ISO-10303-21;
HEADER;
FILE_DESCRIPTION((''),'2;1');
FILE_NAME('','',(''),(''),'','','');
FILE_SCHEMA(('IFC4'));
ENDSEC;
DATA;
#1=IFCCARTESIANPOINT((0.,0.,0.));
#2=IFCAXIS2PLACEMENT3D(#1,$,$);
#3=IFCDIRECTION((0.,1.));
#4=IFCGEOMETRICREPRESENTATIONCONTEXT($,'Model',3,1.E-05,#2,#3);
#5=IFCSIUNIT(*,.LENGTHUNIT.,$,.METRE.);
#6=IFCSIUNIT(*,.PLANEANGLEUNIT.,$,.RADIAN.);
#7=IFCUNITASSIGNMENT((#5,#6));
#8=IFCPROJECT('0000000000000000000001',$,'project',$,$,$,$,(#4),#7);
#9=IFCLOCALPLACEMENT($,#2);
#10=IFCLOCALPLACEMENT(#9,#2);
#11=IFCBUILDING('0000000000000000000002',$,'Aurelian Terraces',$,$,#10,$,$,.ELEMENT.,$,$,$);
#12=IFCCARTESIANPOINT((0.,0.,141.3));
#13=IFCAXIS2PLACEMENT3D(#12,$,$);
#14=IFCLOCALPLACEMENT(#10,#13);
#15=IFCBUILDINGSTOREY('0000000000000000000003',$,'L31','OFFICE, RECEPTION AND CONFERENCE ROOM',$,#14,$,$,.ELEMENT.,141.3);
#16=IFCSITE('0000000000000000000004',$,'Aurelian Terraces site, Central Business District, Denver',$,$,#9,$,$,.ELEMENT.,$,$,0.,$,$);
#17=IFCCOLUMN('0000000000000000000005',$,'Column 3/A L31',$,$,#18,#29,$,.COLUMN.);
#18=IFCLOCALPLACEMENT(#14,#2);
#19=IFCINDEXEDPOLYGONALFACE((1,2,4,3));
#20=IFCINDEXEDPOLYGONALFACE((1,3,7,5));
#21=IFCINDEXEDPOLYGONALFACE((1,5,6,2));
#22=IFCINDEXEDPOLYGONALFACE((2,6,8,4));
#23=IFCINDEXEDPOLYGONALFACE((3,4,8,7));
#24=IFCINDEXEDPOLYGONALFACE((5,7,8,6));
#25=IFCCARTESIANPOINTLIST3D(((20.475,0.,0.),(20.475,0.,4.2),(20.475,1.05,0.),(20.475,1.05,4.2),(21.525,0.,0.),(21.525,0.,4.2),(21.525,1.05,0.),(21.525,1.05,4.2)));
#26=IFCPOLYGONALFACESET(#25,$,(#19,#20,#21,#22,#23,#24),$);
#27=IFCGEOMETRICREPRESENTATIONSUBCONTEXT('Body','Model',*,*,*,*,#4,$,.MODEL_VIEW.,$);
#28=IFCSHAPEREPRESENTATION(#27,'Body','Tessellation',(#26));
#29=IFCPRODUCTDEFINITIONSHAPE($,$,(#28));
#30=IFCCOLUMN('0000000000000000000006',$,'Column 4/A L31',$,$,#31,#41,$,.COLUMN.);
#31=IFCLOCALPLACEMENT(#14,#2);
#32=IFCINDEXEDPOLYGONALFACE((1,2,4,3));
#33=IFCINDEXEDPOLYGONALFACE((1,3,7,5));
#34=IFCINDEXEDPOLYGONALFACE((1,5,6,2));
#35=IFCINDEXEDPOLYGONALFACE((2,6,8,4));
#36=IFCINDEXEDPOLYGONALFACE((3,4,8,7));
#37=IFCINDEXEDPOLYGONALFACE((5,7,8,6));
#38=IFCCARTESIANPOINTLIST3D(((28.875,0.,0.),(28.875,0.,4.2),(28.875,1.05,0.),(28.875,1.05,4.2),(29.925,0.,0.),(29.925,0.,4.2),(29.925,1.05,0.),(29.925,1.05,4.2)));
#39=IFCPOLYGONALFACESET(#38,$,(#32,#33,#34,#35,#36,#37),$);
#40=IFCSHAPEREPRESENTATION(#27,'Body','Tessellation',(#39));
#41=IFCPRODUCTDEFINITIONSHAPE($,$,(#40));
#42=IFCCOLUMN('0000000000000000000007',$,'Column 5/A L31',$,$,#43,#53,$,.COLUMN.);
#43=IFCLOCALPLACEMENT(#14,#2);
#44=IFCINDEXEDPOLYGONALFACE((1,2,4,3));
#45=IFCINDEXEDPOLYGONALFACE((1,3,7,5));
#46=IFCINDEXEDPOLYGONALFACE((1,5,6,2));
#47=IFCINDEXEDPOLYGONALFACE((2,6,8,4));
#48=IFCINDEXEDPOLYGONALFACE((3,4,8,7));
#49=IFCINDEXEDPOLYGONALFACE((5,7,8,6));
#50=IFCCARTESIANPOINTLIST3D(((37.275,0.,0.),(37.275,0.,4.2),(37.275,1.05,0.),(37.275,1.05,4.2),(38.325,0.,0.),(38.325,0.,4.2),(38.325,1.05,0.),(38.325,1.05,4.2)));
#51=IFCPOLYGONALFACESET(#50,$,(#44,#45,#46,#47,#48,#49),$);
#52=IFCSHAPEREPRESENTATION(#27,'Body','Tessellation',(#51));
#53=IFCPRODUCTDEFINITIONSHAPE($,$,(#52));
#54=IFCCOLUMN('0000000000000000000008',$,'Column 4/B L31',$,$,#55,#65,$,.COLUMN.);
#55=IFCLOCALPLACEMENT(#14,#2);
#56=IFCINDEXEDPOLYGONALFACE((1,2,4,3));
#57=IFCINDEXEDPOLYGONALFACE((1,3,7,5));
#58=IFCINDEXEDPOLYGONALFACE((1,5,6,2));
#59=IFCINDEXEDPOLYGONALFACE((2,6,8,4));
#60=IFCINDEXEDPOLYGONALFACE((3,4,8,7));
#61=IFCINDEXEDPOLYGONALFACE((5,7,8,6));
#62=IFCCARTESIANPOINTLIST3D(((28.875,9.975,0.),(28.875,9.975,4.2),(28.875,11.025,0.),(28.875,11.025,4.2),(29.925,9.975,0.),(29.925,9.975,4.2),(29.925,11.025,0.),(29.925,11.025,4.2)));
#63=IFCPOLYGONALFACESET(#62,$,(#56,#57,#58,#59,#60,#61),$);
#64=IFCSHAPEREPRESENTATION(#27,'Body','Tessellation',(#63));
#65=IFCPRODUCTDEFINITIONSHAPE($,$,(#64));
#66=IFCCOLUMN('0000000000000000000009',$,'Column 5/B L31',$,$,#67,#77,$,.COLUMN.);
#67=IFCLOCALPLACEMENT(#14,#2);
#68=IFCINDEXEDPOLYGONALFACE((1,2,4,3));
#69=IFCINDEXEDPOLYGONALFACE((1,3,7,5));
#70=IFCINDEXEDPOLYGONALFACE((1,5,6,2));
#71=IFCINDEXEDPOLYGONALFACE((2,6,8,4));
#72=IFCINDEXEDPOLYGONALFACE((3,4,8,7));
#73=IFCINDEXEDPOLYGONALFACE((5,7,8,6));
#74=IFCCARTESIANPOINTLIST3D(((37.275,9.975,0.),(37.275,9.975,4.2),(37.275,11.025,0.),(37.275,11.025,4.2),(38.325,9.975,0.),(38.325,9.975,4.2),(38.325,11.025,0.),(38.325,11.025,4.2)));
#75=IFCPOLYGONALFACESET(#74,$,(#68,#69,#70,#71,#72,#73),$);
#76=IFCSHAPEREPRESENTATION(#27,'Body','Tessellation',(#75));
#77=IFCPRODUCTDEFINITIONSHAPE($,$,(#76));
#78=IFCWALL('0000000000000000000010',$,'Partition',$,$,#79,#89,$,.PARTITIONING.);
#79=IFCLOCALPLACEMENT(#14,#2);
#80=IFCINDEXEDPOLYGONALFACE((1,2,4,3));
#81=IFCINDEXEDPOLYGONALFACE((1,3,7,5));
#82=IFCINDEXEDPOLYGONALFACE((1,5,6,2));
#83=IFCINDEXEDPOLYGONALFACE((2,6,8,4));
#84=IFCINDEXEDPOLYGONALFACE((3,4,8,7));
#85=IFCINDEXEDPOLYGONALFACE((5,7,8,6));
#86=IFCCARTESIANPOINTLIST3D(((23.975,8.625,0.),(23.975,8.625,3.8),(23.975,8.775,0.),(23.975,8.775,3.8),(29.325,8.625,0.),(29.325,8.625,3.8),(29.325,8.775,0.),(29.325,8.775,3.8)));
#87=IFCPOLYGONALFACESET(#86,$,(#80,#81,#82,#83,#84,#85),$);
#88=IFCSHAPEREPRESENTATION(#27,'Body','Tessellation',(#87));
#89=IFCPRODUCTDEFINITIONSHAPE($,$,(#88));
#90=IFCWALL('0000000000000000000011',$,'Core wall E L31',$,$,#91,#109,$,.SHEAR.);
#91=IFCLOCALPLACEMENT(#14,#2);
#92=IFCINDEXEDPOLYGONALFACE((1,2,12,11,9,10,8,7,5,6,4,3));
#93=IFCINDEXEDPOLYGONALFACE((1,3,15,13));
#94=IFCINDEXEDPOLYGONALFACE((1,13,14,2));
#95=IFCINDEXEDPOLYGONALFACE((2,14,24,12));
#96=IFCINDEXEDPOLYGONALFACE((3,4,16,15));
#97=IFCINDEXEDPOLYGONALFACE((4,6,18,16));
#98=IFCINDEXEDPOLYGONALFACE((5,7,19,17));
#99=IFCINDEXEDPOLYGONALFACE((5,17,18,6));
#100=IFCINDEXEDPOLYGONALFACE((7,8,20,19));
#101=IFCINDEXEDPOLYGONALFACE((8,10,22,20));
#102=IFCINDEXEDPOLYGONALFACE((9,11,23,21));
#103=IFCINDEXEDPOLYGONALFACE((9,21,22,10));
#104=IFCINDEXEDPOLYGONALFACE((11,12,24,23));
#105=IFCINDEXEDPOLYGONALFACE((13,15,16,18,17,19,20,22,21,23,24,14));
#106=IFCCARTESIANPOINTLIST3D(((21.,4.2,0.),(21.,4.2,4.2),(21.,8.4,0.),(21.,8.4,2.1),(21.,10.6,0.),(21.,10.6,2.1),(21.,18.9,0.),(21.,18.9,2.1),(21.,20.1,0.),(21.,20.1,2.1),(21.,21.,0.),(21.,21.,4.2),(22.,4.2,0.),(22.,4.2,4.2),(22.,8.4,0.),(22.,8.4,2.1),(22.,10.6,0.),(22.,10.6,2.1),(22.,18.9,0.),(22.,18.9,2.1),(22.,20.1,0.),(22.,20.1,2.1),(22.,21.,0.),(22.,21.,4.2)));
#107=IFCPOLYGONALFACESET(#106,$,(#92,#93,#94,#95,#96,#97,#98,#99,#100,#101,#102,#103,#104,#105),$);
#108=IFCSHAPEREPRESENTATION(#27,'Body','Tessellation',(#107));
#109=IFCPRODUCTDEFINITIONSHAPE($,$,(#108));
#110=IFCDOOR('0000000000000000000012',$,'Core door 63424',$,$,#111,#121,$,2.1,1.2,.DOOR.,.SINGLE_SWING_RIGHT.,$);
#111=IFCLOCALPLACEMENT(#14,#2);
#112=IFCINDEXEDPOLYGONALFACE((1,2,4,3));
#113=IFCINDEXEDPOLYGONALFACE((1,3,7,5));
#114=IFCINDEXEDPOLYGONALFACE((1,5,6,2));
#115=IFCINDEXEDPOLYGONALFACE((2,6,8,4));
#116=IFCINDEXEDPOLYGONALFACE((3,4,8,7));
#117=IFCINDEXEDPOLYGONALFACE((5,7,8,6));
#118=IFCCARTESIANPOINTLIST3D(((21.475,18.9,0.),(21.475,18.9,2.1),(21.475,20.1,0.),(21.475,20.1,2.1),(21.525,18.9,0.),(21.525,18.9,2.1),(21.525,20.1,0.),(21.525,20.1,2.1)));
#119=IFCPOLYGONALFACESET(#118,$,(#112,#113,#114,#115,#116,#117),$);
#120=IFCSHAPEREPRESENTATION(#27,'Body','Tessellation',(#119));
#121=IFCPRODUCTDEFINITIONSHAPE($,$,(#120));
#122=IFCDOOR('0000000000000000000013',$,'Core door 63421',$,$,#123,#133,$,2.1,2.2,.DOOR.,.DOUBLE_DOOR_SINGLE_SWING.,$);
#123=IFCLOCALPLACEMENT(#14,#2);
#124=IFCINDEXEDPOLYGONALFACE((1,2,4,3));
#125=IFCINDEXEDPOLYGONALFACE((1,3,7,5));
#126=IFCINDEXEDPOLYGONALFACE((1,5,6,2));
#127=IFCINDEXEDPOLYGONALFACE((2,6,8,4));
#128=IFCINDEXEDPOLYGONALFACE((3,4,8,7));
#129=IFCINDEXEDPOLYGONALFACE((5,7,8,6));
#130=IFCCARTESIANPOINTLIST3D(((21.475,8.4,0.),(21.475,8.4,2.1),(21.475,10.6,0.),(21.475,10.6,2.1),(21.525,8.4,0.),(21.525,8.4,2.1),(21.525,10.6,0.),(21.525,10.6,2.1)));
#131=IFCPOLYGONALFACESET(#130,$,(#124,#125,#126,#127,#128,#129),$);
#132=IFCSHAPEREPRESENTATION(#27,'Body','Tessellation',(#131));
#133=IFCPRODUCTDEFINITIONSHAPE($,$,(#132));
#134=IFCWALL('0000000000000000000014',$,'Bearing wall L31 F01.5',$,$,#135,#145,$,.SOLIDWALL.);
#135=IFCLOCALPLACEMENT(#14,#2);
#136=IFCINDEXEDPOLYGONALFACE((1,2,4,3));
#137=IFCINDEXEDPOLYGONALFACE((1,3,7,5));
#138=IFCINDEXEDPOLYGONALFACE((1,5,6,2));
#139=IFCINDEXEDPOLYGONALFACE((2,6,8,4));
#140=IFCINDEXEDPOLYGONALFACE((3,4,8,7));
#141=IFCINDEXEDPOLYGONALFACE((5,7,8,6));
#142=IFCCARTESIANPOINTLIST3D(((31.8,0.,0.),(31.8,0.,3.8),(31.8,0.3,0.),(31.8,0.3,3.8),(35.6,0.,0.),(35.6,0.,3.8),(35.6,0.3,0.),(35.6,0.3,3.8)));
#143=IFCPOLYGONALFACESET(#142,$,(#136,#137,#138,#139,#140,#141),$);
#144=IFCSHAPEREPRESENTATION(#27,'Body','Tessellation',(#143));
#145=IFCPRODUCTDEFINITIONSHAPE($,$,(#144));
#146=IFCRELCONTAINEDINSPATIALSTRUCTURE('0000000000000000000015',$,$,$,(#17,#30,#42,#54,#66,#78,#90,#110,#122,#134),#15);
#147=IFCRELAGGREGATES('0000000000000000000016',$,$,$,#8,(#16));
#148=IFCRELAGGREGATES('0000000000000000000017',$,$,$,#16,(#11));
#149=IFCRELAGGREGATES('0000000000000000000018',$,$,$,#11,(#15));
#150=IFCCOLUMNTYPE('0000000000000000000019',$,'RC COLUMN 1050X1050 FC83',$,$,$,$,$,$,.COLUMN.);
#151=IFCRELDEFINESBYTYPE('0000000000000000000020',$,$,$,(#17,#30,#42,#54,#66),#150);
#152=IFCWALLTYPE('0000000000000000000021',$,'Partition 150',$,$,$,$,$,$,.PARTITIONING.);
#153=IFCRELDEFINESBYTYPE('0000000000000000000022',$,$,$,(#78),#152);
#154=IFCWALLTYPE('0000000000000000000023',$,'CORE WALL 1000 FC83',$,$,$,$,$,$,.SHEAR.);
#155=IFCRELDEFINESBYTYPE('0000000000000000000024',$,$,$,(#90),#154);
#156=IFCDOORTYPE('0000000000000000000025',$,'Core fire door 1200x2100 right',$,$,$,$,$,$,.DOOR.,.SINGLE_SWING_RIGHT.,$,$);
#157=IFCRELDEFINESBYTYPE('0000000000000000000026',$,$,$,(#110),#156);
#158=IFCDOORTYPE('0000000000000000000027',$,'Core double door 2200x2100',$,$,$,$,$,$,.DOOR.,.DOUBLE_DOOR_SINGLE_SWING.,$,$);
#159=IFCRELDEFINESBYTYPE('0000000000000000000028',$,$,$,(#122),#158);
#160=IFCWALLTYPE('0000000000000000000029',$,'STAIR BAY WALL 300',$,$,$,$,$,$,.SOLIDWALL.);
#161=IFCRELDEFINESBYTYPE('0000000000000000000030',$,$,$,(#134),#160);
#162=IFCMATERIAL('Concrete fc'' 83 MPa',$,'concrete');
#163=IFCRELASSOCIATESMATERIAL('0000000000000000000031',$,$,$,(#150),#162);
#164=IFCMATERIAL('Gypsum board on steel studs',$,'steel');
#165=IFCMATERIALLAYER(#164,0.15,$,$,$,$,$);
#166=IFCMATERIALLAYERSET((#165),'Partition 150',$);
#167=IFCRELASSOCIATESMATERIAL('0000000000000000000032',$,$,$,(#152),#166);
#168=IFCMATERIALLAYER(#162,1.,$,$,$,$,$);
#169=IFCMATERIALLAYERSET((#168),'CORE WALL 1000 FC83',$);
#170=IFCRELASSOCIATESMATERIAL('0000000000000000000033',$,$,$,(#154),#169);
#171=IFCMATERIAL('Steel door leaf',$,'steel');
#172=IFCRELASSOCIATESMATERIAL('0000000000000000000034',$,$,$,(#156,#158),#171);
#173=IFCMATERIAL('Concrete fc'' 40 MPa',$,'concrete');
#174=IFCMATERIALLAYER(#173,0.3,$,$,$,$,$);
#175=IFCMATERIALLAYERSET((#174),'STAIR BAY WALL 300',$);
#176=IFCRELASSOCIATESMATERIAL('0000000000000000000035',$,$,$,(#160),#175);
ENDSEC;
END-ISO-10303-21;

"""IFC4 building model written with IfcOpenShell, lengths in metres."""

from ifc_helpers import new_model, si_unit, direction, frame, frame_2d, origin, origin_2d, place, context, subcontext, project, spatial, rectangle, extrude, source, transform, mapped, material, layer, layer_set, material_profile, profile_set, type_object, element, fill, save


model = new_model("IFC4")

# Units and contexts
model_context = context("Model", 3, precision=1e-05, world=origin(), true_north=direction((0.0, 1.0)))
body_context = subcontext(model_context, "Body", "Model", "MODEL_VIEW")
ifc_project = project(units=[si_unit("LENGTHUNIT", "METRE"), si_unit("PLANEANGLEUNIT", "RADIAN")], contexts=[model_context])

# Site, building, storey
site_placement = place(None, origin())
site = spatial("IfcSite", under=ifc_project, at=site_placement, Name="Aurelian Terraces site, Central Business District, Denver", CompositionType="ELEMENT", RefElevation=0.0)
building_placement = place(site_placement, origin())
building = spatial("IfcBuilding", under=site, at=building_placement, Name="Aurelian Terraces", CompositionType="ELEMENT")
storey_placement = place(building_placement, frame((0.0, 0.0, 141.3)))
storey = spatial("IfcBuildingStorey", under=building, at=storey_placement, Name="L31", Description="OFFICE, RECEPTION AND CONFERENCE ROOM", CompositionType="ELEMENT", Elevation=141.3)

# Columns
ifc_material_1 = material(Name="Concrete fc' 83 MPa", Category="concrete")
ifc_material_profile = material_profile(ifc_material_1, rectangle(XDim=1.05, YDim=1.05, at=origin_2d()))
ifc_profile_set = profile_set([ifc_material_profile], Name="Concrete fc' 83 MPa")
column_type = type_object("IfcColumnType", Name="RC COLUMN 1050X1050 FC83", PredefinedType="COLUMN", material=ifc_profile_set)
shared_shape_1 = source(origin(), body_context, "Body", "SweptSolid", [
    extrude(rectangle(XDim=1.05, YDim=1.05, at=origin_2d()), origin(), (0.0, 0.0, 1.0), 4.2),
])
for number, where, z_axis, x_axis, name in (
    (1, (21.0, 0.525, 0.0), (0.0, 0.0, 1.0), (1.0, 0.0, 0.0), "Column 3/A L31"),
    (2, (29.4, 0.525, 0.0), (0.0, 0.0, 1.0), (1.0, 0.0, 0.0), "Column 4/A L31"),
    (3, (37.8, 0.525, 0.0), (0.0, 0.0, 1.0), (1.0, 0.0, 0.0), "Column 5/A L31"),
    (4, (29.4, 10.5, 0.0), (0.0, 0.0, 1.0), (1.0, 0.0, 0.0), "Column 4/B L31"),
    (5, (37.8, 10.5, 0.0), (0.0, 0.0, 1.0), (1.0, 0.0, 0.0), "Column 5/B L31"),
):
    element("IfcColumn", number, at=place(storey_placement, frame(where, z_axis=z_axis, x_axis=x_axis)), inside=storey, type_object=column_type, Name=name, PredefinedType="COLUMN", context=body_context, shape_type="MappedRepresentation", body=[
        mapped(shared_shape_1, transform((0.0, 0.0, 0.0), scale=1.0)),
    ])

# Wall
ifc_material_2 = material(Name="Gypsum board on steel studs", Category="steel")
ifc_layer_1 = layer(ifc_material_2, 0.15)
ifc_layer_set_1 = layer_set([ifc_layer_1], Name="Partition 150")
wall_type_1 = type_object("IfcWallType", Name="Partition 150", PredefinedType="PARTITIONING", material=ifc_layer_set_1)
wall_1_placement = place(storey_placement, frame((29.325, 8.7, 0.0), z_axis=(0.0, 0.0, 1.0), x_axis=(-1.0, 0.0, 0.0)))
element("IfcWall", 6, at=wall_1_placement, inside=storey, type_object=wall_type_1, Name="Partition", PredefinedType="PARTITIONING", context=body_context, shape_type="SweptSolid", body=[
    extrude(rectangle(XDim=5.35, YDim=0.15, at=frame_2d((2.675, 0.0))), origin(), (0.0, 0.0, 1.0), 3.8),
])

# Wall, openings, doors
ifc_layer_2 = layer(ifc_material_1, 1.0)
ifc_layer_set_2 = layer_set([ifc_layer_2], Name="CORE WALL 1000 FC83")
wall_type_2 = type_object("IfcWallType", Name="CORE WALL 1000 FC83", PredefinedType="SHEAR", material=ifc_layer_set_2)
shared_shape_2 = source(origin(), body_context, "Body", "SweptSolid", [
    extrude(rectangle(XDim=16.8, YDim=1.0, at=frame_2d((8.4, 0.0))), origin(), (0.0, 0.0, 1.0), 4.2),
])
wall_2_placement = place(storey_placement, frame((21.5, 4.2, 0.0), z_axis=(0.0, 0.0, 1.0), x_axis=(0.0, 1.0, 0.0)))
wall_2 = element("IfcWall", 7, at=wall_2_placement, inside=storey, type_object=wall_type_2, Name="Core wall E L31", PredefinedType="SHEAR", context=body_context, shape_type="MappedRepresentation", body=[
    mapped(shared_shape_2, transform((0.0, 0.0, 0.0), scale=1.0)),
])
shared_shape_3 = source(origin(), body_context, "Body", "SweptSolid", [
    extrude(rectangle(XDim=2.2, YDim=2.1, at=frame_2d((1.1, 1.05))), frame((0.0, 0.51, 0.0), z_axis=(0.0, -1.0, 0.0), x_axis=(1.0, 0.0, 0.0)), (0.0, 0.0, 1.0), 1.02),
])
opening_1_placement = place(wall_2_placement, frame((4.2, 0.0, 0.0)))
opening_1 = element("IfcOpeningElement", 8, at=opening_1_placement, cuts=wall_2, PredefinedType="OPENING", context=body_context, shape_type="MappedRepresentation", body=[
    mapped(shared_shape_3, transform((0.0, 0.0, 0.0), scale=1.0)),
])
shared_shape_4 = source(origin(), body_context, "Body", "SweptSolid", [
    extrude(rectangle(XDim=1.2, YDim=2.1, at=frame_2d((0.6, 1.05))), frame((0.0, 0.51, 0.0), z_axis=(0.0, -1.0, 0.0), x_axis=(1.0, 0.0, 0.0)), (0.0, 0.0, 1.0), 1.02),
])
opening_2_placement = place(wall_2_placement, frame((14.7, 0.0, 0.0)))
opening_2 = element("IfcOpeningElement", 9, at=opening_2_placement, cuts=wall_2, PredefinedType="OPENING", context=body_context, shape_type="MappedRepresentation", body=[
    mapped(shared_shape_4, transform((0.0, 0.0, 0.0), scale=1.0)),
])
ifc_material_3 = material(Name="Steel door leaf", Category="steel")
door_type_1 = type_object("IfcDoorType", Name="Core fire door 1200x2100 right", OperationType="SINGLE_SWING_RIGHT", PredefinedType="DOOR", material=ifc_material_3)
shared_shape_5 = source(origin(), body_context, "Body", "SweptSolid", [
    extrude(rectangle(XDim=1.2, YDim=2.1, at=frame_2d((0.6, 1.05))), frame((0.0, 0.025, 0.0), z_axis=(0.0, -1.0, 0.0), x_axis=(1.0, 0.0, 0.0)), (0.0, 0.0, 1.0), 0.05),
])
door_1_placement = place(opening_2_placement, origin())
door_1 = element("IfcDoor", 10, at=door_1_placement, inside=storey, type_object=door_type_1, Name="Core door 63424", OperationType="SINGLE_SWING_RIGHT", OverallHeight=2.1, OverallWidth=1.2, PredefinedType="DOOR", context=body_context, shape_type="MappedRepresentation", body=[
    mapped(shared_shape_5, transform((0.0, 0.0, 0.0), scale=1.0)),
])
fill(opening_2, door_1)
door_type_2 = type_object("IfcDoorType", Name="Core double door 2200x2100", OperationType="DOUBLE_DOOR_SINGLE_SWING", PredefinedType="DOOR", material=ifc_material_3)
shared_shape_6 = source(origin(), body_context, "Body", "SweptSolid", [
    extrude(rectangle(XDim=2.2, YDim=2.1, at=frame_2d((1.1, 1.05))), frame((0.0, 0.025, 0.0), z_axis=(0.0, -1.0, 0.0), x_axis=(1.0, 0.0, 0.0)), (0.0, 0.0, 1.0), 0.05),
])
door_2_placement = place(opening_1_placement, origin())
door_2 = element("IfcDoor", 11, at=door_2_placement, inside=storey, type_object=door_type_2, Name="Core door 63421", OperationType="DOUBLE_DOOR_SINGLE_SWING", OverallHeight=2.1, OverallWidth=2.2, PredefinedType="DOOR", context=body_context, shape_type="MappedRepresentation", body=[
    mapped(shared_shape_6, transform((0.0, 0.0, 0.0), scale=1.0)),
])
fill(opening_1, door_2)

# Wall
ifc_material_4 = material(Name="Concrete fc' 40 MPa", Category="concrete")
ifc_layer_3 = layer(ifc_material_4, 0.3)
ifc_layer_set_3 = layer_set([ifc_layer_3], Name="STAIR BAY WALL 300")
wall_type_3 = type_object("IfcWallType", Name="STAIR BAY WALL 300", PredefinedType="SOLIDWALL", material=ifc_layer_set_3)
shared_shape_7 = source(origin(), body_context, "Body", "SweptSolid", [
    extrude(rectangle(XDim=3.8, YDim=0.3, at=frame_2d((1.9, 0.0))), origin(), (0.0, 0.0, 1.0), 3.8),
])
wall_3_placement = place(storey_placement, frame((31.8, 0.15, 0.0), z_axis=(0.0, 0.0, 1.0), x_axis=(1.0, 0.0, 0.0)))
element("IfcWall", 12, at=wall_3_placement, inside=storey, type_object=wall_type_3, Name="Bearing wall L31 F01.5", PredefinedType="SOLIDWALL", context=body_context, shape_type="MappedRepresentation", body=[
    mapped(shared_shape_7, transform((0.0, 0.0, 0.0), scale=1.0)),
])

save(model, "model.ifc")
